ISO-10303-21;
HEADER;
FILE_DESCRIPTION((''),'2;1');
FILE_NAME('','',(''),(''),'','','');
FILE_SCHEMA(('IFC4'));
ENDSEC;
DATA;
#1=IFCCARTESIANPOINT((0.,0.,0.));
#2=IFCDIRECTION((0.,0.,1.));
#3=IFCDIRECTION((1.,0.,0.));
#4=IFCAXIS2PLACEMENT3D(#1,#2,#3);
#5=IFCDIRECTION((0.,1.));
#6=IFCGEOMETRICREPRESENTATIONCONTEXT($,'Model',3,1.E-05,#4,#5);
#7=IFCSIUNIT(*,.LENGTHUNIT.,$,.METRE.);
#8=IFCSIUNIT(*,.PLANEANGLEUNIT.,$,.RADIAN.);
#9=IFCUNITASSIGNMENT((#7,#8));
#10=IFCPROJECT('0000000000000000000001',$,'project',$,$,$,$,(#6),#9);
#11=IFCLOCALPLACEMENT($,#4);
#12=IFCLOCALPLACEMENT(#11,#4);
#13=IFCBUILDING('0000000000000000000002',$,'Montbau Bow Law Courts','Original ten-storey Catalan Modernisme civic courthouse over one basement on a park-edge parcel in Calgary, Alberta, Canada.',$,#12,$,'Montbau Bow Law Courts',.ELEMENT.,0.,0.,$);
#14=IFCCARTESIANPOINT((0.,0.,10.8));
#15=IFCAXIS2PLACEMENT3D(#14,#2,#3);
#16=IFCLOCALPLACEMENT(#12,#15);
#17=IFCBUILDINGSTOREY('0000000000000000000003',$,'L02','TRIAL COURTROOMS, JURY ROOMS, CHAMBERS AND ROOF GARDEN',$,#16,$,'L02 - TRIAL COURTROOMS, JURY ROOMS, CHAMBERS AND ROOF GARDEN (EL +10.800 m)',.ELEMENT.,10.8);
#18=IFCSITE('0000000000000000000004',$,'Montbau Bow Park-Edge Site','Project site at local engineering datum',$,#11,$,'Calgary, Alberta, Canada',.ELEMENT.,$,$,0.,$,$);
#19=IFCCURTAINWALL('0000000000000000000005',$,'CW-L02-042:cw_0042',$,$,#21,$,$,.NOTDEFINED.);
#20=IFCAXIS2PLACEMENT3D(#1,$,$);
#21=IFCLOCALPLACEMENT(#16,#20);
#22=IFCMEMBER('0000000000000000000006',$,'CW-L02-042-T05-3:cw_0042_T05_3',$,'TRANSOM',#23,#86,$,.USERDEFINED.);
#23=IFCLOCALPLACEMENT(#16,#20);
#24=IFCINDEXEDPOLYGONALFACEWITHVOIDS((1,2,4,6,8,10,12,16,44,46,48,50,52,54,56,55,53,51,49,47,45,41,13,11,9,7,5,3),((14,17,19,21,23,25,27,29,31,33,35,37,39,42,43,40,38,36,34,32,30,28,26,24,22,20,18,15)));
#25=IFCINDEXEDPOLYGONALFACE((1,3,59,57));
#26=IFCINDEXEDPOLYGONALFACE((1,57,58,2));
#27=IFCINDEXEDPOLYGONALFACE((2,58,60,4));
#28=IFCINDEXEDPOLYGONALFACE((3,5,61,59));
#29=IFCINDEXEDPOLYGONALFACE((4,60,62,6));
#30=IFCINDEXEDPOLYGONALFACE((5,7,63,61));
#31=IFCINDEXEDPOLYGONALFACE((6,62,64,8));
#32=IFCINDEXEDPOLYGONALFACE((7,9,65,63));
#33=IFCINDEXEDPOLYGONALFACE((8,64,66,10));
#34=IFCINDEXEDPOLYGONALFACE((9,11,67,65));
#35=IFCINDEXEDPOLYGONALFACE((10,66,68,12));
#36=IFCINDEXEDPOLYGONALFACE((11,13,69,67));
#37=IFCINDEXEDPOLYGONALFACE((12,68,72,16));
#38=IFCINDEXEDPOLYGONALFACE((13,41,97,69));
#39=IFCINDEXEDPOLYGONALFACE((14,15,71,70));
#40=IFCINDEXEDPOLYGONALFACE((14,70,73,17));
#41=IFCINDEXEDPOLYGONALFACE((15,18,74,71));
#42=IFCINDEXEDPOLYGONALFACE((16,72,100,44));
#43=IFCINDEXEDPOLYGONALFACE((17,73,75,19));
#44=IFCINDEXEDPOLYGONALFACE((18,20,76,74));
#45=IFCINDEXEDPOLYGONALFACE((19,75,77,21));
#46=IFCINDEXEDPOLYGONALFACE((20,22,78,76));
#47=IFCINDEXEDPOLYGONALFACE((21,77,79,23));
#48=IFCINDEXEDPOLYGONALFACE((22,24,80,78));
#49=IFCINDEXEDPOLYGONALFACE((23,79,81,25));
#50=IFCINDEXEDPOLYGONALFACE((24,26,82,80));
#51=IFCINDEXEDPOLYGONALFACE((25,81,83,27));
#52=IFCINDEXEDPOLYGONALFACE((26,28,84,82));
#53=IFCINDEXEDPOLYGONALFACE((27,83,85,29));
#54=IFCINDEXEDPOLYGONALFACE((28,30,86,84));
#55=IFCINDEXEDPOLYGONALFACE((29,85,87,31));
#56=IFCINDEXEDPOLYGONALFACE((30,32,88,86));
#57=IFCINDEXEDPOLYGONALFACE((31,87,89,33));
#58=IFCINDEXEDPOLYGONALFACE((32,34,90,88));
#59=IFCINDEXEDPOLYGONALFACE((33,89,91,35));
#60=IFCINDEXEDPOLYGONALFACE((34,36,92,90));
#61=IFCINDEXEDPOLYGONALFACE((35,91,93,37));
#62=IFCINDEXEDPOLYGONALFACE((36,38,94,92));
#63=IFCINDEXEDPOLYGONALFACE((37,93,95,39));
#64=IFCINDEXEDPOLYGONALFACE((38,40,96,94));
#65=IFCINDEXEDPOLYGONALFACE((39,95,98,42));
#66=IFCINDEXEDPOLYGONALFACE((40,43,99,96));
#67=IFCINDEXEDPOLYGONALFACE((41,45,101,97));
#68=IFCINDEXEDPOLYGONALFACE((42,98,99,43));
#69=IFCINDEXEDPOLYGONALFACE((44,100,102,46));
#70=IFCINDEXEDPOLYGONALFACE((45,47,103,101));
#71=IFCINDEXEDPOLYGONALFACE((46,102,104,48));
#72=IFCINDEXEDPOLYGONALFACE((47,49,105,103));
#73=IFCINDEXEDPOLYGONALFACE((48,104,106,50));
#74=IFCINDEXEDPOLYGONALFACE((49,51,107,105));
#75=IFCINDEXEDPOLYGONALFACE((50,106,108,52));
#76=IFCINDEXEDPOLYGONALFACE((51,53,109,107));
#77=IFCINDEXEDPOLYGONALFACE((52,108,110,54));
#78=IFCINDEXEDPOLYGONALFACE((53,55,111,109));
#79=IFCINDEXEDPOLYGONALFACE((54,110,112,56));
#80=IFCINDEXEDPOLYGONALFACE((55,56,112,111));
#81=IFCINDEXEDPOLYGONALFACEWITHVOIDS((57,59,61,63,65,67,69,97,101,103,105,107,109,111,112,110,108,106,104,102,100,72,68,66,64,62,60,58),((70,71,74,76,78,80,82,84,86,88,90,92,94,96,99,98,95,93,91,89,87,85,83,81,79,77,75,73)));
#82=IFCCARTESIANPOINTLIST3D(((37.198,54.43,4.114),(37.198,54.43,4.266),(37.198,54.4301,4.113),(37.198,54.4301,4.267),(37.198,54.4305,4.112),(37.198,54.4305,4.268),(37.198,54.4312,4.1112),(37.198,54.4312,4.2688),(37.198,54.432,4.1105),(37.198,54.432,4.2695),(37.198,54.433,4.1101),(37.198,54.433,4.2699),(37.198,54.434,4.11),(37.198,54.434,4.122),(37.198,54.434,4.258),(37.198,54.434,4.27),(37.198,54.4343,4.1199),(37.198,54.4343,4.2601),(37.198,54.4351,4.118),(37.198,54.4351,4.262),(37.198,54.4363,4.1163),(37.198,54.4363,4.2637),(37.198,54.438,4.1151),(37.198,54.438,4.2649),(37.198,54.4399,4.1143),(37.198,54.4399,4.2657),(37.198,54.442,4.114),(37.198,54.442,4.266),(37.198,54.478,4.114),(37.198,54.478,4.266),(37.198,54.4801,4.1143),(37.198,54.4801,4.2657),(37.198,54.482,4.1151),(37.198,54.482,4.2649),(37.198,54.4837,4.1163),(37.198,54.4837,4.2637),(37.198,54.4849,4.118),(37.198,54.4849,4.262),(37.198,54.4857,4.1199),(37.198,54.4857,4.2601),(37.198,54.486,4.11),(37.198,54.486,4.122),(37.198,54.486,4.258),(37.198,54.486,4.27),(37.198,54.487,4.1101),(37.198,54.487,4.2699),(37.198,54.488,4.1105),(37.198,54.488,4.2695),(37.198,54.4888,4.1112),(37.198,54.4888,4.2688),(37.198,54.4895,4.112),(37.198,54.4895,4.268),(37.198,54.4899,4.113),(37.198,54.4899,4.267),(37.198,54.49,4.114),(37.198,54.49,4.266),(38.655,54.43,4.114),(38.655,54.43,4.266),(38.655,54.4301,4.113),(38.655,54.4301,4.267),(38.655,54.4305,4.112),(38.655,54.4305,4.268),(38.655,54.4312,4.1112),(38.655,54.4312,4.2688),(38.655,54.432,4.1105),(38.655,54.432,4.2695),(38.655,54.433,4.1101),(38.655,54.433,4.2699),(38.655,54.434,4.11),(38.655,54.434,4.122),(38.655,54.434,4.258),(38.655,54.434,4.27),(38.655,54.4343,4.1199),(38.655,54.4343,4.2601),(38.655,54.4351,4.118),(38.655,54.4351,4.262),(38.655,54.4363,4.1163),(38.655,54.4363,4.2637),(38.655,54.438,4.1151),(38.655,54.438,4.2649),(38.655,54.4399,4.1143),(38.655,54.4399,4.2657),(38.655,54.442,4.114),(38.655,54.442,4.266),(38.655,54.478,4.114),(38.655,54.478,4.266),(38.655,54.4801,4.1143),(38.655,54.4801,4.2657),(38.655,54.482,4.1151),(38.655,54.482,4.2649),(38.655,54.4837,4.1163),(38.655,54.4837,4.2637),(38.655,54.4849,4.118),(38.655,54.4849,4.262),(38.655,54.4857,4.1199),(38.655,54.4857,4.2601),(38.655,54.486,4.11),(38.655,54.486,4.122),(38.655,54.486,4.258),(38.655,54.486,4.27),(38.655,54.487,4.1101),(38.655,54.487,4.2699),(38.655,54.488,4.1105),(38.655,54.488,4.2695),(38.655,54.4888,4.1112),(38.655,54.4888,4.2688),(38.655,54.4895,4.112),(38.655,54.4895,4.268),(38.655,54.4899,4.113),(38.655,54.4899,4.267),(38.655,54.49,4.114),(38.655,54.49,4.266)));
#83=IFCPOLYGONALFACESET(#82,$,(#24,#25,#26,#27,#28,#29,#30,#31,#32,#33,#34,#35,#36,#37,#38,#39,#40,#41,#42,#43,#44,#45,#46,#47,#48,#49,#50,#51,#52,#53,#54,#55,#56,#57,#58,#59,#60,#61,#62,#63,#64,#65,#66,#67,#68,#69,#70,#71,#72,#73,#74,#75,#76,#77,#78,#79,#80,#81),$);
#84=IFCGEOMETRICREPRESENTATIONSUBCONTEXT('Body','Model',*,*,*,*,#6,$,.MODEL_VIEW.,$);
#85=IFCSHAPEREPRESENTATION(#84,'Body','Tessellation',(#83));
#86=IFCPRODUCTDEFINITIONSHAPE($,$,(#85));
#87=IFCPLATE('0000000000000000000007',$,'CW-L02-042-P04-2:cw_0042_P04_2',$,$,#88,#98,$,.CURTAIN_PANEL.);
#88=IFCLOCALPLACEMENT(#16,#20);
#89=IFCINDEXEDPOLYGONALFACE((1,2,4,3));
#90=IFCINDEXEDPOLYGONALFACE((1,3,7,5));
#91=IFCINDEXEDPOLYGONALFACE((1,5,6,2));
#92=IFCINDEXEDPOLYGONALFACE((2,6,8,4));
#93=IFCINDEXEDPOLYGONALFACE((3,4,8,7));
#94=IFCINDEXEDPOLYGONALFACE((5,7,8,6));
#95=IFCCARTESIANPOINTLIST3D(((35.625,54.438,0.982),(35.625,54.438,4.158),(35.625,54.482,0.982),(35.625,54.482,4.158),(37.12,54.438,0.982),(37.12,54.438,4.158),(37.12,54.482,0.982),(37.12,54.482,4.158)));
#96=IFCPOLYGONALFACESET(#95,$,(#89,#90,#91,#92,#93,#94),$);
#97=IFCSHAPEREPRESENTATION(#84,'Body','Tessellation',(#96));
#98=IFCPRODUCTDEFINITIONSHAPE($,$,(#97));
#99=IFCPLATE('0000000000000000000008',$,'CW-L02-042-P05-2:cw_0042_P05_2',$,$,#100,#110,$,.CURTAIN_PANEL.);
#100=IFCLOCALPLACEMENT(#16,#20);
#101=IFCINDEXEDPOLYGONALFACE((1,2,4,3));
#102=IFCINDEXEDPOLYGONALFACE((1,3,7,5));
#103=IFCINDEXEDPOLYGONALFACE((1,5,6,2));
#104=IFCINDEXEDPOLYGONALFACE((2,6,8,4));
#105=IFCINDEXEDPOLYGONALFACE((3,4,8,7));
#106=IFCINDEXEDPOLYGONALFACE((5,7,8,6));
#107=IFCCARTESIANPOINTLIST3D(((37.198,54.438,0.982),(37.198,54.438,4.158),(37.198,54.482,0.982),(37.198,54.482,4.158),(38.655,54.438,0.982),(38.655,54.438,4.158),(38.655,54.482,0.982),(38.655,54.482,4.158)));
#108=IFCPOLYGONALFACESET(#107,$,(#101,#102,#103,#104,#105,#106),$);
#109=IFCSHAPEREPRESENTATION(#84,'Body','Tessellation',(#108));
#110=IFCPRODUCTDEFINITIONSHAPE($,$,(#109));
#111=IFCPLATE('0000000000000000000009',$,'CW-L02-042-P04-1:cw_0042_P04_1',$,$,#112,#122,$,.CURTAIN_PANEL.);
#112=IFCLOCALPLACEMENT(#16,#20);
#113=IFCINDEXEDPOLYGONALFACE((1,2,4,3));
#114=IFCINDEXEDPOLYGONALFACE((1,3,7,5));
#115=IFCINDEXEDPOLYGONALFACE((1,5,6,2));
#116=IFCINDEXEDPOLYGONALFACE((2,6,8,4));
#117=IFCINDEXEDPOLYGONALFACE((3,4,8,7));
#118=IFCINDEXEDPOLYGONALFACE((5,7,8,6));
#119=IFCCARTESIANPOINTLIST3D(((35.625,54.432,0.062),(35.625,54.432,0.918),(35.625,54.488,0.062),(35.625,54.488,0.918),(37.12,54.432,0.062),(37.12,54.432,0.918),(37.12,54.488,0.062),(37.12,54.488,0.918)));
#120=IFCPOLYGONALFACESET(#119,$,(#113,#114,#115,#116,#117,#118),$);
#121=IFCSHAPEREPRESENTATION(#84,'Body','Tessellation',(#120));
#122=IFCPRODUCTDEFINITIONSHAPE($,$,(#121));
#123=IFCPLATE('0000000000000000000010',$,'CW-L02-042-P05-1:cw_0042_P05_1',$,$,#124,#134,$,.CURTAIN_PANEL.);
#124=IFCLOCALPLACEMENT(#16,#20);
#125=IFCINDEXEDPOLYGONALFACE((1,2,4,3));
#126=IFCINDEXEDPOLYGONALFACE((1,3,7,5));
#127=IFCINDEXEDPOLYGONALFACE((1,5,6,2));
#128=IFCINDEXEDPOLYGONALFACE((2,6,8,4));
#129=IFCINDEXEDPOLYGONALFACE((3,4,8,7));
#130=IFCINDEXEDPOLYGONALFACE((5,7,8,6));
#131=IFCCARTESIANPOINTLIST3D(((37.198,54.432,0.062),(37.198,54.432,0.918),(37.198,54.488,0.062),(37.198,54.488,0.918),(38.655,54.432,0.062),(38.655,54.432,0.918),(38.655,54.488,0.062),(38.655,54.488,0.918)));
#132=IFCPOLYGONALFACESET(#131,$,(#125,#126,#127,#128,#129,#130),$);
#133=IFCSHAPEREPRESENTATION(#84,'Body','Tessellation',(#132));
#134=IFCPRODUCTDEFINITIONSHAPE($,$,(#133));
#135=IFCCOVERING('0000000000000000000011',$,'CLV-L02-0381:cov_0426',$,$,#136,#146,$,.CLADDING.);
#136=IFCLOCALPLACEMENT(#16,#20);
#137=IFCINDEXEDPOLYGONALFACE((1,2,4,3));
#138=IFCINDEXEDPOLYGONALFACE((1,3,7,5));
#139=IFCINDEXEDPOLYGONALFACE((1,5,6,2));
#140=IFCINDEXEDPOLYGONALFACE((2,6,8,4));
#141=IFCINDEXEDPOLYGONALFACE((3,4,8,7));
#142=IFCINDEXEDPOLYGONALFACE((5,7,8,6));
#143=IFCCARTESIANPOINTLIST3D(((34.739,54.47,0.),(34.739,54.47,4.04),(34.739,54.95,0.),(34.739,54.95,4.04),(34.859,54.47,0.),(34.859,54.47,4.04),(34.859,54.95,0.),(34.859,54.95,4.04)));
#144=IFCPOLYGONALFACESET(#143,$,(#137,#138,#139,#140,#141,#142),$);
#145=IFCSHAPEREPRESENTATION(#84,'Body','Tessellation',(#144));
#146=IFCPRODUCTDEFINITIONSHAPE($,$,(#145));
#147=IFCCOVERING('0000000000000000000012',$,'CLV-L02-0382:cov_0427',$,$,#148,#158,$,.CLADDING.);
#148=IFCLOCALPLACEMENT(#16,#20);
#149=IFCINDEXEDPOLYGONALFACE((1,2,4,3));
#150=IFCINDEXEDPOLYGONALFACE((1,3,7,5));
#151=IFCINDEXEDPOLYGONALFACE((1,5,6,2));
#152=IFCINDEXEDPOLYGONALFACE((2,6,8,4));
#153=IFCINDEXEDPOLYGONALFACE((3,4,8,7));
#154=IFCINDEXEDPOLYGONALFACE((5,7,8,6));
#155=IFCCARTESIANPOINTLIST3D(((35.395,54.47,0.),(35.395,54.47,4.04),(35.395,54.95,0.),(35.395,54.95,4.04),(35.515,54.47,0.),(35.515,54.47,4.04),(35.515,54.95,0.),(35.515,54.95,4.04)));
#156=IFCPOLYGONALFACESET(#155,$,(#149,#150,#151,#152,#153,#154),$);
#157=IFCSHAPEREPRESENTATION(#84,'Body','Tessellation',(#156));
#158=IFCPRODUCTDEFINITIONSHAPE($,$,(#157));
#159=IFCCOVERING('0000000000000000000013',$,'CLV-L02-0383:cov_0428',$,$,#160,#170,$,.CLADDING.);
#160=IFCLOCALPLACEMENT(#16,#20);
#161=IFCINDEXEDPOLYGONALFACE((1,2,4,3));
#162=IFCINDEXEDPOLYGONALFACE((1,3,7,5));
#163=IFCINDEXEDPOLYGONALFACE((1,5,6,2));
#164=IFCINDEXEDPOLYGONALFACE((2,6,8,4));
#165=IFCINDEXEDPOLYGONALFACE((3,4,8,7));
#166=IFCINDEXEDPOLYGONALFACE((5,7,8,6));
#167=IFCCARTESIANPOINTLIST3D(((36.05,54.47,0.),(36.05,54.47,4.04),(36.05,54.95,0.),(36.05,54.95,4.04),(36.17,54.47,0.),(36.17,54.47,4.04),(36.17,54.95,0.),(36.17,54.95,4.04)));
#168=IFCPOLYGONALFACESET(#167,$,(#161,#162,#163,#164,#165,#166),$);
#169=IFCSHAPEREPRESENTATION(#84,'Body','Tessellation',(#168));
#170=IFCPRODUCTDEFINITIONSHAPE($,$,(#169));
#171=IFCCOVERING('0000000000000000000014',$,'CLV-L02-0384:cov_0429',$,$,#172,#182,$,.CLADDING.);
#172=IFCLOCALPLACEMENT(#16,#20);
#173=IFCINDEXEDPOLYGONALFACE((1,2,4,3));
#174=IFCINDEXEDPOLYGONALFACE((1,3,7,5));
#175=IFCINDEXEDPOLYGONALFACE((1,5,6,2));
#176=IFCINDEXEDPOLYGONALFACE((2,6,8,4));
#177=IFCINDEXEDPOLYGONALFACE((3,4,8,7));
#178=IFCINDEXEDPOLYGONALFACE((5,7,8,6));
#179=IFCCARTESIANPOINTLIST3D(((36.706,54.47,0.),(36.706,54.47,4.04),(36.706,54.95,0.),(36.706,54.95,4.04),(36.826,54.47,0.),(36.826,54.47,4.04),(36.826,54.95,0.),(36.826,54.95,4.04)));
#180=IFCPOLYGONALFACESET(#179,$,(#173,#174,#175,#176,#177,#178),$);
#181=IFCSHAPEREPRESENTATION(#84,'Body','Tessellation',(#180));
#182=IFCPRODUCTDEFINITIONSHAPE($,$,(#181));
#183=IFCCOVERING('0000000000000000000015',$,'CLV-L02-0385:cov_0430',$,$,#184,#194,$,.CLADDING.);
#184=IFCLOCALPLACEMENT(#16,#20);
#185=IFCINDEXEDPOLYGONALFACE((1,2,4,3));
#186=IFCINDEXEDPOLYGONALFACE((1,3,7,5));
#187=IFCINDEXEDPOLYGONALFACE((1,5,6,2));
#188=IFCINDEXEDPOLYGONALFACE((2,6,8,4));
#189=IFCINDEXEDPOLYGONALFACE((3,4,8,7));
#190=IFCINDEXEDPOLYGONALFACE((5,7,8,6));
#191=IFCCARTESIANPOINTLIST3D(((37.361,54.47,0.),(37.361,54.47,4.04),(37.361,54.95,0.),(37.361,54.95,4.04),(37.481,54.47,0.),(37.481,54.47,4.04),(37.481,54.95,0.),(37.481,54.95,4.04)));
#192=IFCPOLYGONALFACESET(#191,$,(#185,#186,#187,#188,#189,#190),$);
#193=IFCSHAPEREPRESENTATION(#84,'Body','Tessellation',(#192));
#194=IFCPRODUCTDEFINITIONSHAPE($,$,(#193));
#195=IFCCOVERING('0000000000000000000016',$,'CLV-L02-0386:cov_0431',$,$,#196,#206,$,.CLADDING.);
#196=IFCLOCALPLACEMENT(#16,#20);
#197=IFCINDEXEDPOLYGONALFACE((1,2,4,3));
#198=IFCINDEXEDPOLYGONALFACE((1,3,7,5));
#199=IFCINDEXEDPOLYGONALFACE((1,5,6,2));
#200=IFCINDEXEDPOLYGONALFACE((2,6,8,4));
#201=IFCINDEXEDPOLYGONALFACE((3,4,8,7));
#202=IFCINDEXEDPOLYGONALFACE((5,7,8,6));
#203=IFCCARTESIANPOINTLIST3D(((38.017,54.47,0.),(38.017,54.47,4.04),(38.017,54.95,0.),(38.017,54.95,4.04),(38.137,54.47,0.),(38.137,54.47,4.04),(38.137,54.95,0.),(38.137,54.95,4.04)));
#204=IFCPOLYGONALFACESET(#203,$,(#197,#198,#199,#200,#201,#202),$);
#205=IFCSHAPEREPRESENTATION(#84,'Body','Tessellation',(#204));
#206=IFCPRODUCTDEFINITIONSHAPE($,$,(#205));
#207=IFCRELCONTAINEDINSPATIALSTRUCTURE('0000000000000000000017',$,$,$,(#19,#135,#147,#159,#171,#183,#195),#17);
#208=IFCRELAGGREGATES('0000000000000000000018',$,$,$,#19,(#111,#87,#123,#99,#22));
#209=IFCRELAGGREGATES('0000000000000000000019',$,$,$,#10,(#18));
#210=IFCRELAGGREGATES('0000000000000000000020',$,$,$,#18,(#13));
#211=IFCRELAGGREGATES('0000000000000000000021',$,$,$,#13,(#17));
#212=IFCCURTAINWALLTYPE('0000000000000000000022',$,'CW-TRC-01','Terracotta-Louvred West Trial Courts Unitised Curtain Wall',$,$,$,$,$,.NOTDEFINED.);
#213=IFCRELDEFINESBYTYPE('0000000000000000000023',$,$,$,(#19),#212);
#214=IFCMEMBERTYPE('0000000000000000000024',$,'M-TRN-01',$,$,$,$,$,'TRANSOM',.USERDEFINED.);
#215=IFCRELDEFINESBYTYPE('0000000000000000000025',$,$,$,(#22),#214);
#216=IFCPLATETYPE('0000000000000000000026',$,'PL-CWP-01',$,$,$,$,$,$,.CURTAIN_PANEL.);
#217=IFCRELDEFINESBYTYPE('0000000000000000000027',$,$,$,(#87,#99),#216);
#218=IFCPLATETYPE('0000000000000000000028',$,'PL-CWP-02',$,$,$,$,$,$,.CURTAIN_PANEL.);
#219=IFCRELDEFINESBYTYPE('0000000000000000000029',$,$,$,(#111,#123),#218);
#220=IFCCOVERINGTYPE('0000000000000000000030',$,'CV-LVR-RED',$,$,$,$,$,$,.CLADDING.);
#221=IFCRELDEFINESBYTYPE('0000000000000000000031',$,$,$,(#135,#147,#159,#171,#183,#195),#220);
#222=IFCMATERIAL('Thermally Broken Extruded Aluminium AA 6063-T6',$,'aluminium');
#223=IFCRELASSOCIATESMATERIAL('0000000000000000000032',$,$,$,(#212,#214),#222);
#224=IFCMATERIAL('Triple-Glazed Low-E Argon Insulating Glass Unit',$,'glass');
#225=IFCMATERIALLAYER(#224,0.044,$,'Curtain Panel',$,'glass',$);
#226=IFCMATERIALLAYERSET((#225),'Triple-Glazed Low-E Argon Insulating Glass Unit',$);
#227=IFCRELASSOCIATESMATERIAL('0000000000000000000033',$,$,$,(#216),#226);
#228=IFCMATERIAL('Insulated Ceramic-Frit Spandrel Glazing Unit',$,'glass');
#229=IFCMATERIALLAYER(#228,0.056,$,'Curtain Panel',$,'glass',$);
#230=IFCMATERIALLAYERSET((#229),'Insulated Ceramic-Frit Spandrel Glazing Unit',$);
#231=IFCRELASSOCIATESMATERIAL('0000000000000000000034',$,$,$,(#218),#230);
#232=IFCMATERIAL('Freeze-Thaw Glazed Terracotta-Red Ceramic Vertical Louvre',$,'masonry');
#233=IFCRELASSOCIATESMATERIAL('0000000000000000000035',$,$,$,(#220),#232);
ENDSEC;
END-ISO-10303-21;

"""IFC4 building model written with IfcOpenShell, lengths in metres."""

from ifc_helpers import new_model, si_unit, direction, frame, frame_2d, origin_with_axes, origin_2d_with_axis, place, context, subcontext, project, spatial, rectangle, hollow_rectangle, extrude, material, layer, layer_set, material_profile, profile_set, type_object, element, aggregate, save


model = new_model("IFC4")

# Units and contexts
model_context = context("Model", 3, precision=1e-05, world=origin_with_axes(), true_north=direction((0.0, 1.0)))
body_context = subcontext(model_context, "Body", "Model", "MODEL_VIEW")
ifc_project = project(units=[si_unit("LENGTHUNIT", "METRE"), si_unit("PLANEANGLEUNIT", "RADIAN")], contexts=[model_context])

# Site, building, storey
site_placement = place(None, origin_with_axes())
site = spatial("IfcSite", under=ifc_project, at=site_placement, Name="Montbau Bow Park-Edge Site", Description="Project site at local engineering datum", LongName="Calgary, Alberta, Canada", CompositionType="ELEMENT", RefElevation=0.0)
building_placement = place(site_placement, origin_with_axes())
building = spatial("IfcBuilding", under=site, at=building_placement, Name="Montbau Bow Law Courts", Description="Original ten-storey Catalan Modernisme civic courthouse over one basement on a park-edge parcel in Calgary, Alberta, Canada.", LongName="Montbau Bow Law Courts", CompositionType="ELEMENT", ElevationOfRefHeight=0.0, ElevationOfTerrain=0.0)
storey_placement = place(building_placement, frame((0.0, 0.0, 10.8), z_axis=(0.0, 0.0, 1.0), x_axis=(1.0, 0.0, 0.0)))
storey = spatial("IfcBuildingStorey", under=building, at=storey_placement, Name="L02", Description="TRIAL COURTROOMS, JURY ROOMS, CHAMBERS AND ROOF GARDEN", LongName="L02 - TRIAL COURTROOMS, JURY ROOMS, CHAMBERS AND ROOF GARDEN (EL +10.800 m)", CompositionType="ELEMENT", Elevation=10.8)

# Curtain wall, member, plates
ifc_material_1 = material(Name="Thermally Broken Extruded Aluminium AA 6063-T6", Category="aluminium")
curtain_wall_type = type_object("IfcCurtainWallType", Name="CW-TRC-01", Description="Terracotta-Louvred West Trial Courts Unitised Curtain Wall", PredefinedType="NOTDEFINED", material=ifc_material_1)
curtain_wall_placement = place(None, frame((30.867, 54.46, 10.8), z_axis=(0.0, 0.0, 1.0), x_axis=(1.0, 0.0, 0.0)))
curtain_wall = element("IfcCurtainWall", 1, at=curtain_wall_placement, inside=storey, type_object=curtain_wall_type, Name="CW-L02-042:cw_0042", PredefinedType="NOTDEFINED")
ifc_material_profile_1 = material_profile(ifc_material_1, hollow_rectangle(XDim=0.06, YDim=0.16, WallThickness=0.004, InnerFilletRadius=0.008, OuterFilletRadius=0.004, at=origin_2d_with_axis()), Name="CWT-160X60", Category="Main", Priority=0)
ifc_profile_set_1 = profile_set([ifc_material_profile_1], Name="Thermally Broken Extruded Aluminium AA 6063-T6")
member_type_1 = type_object("IfcMemberType", Name="M-TRN-01", ElementType="TRANSOM", PredefinedType="USERDEFINED", material=ifc_profile_set_1)
member_1_placement = place(None, frame((37.198, 54.46, 14.99), z_axis=(1.0, 0.0, 0.0), x_axis=(0.0, 1.0, 0.0)))
member_1 = element("IfcMember", 2, at=member_1_placement, type_object=member_type_1, Name="CW-L02-042-T05-3:cw_0042_T05_3", ObjectType="TRANSOM", PredefinedType="USERDEFINED", context=body_context, shape_type="SweptSolid", body=[
    extrude(hollow_rectangle(XDim=0.06, YDim=0.16, WallThickness=0.004, InnerFilletRadius=0.008, OuterFilletRadius=0.004, at=origin_2d_with_axis()), origin_with_axes(), (0.0, 0.0, 1.0), 1.457),
])
ifc_material_2 = material(Name="Triple-Glazed Low-E Argon Insulating Glass Unit", Category="glass")
ifc_layer_1 = layer(ifc_material_2, 0.044, Name="Curtain Panel", Category="glass")
ifc_layer_set_1 = layer_set([ifc_layer_1], Name="Triple-Glazed Low-E Argon Insulating Glass Unit")
plate_type_1 = type_object("IfcPlateType", Name="PL-CWP-01", PredefinedType="CURTAIN_PANEL", material=ifc_layer_set_1)
plate_1_placement = place(None, frame((35.625, 54.46, 11.782), z_axis=(0.0, -1.0, 0.0), x_axis=(1.0, 0.0, 0.0)))
plate_1 = element("IfcPlate", 3, at=plate_1_placement, type_object=plate_type_1, Name="CW-L02-042-P04-2:cw_0042_P04_2", PredefinedType="CURTAIN_PANEL", context=body_context, shape_type="SweptSolid", body=[
    extrude(rectangle(XDim=1.495, YDim=3.176, at=frame_2d((0.7475, 1.588), x_axis=(1.0, 0.0))), frame((0.0, 0.0, -0.022), z_axis=(0.0, 0.0, 1.0), x_axis=(1.0, 0.0, 0.0)), (0.0, 0.0, 1.0), 0.044),
])
plate_2_placement = place(None, frame((37.198, 54.46, 11.782), z_axis=(0.0, -1.0, 0.0), x_axis=(1.0, 0.0, 0.0)))
plate_2 = element("IfcPlate", 4, at=plate_2_placement, type_object=plate_type_1, Name="CW-L02-042-P05-2:cw_0042_P05_2", PredefinedType="CURTAIN_PANEL", context=body_context, shape_type="SweptSolid", body=[
    extrude(rectangle(XDim=1.457, YDim=3.176, at=frame_2d((0.7285, 1.588), x_axis=(1.0, 0.0))), frame((0.0, 0.0, -0.022), z_axis=(0.0, 0.0, 1.0), x_axis=(1.0, 0.0, 0.0)), (0.0, 0.0, 1.0), 0.044),
])
ifc_material_3 = material(Name="Insulated Ceramic-Frit Spandrel Glazing Unit", Category="glass")
ifc_layer_2 = layer(ifc_material_3, 0.056, Name="Curtain Panel", Category="glass")
ifc_layer_set_2 = layer_set([ifc_layer_2], Name="Insulated Ceramic-Frit Spandrel Glazing Unit")
plate_type_2 = type_object("IfcPlateType", Name="PL-CWP-02", PredefinedType="CURTAIN_PANEL", material=ifc_layer_set_2)
plate_3_placement = place(None, frame((35.625, 54.46, 10.862), z_axis=(0.0, -1.0, 0.0), x_axis=(1.0, 0.0, 0.0)))
plate_3 = element("IfcPlate", 5, at=plate_3_placement, type_object=plate_type_2, Name="CW-L02-042-P04-1:cw_0042_P04_1", PredefinedType="CURTAIN_PANEL", context=body_context, shape_type="SweptSolid", body=[
    extrude(rectangle(XDim=1.495, YDim=0.856, at=frame_2d((0.7475, 0.428), x_axis=(1.0, 0.0))), frame((0.0, 0.0, -0.028), z_axis=(0.0, 0.0, 1.0), x_axis=(1.0, 0.0, 0.0)), (0.0, 0.0, 1.0), 0.056),
])
plate_4_placement = place(None, frame((37.198, 54.46, 10.862), z_axis=(0.0, -1.0, 0.0), x_axis=(1.0, 0.0, 0.0)))
plate_4 = element("IfcPlate", 6, at=plate_4_placement, type_object=plate_type_2, Name="CW-L02-042-P05-1:cw_0042_P05_1", PredefinedType="CURTAIN_PANEL", context=body_context, shape_type="SweptSolid", body=[
    extrude(rectangle(XDim=1.457, YDim=0.856, at=frame_2d((0.7285, 0.428), x_axis=(1.0, 0.0))), frame((0.0, 0.0, -0.028), z_axis=(0.0, 0.0, 1.0), x_axis=(1.0, 0.0, 0.0)), (0.0, 0.0, 1.0), 0.056),
])
aggregate(curtain_wall, [plate_3, plate_1, plate_4, plate_2, member_1])

# Coverings
ifc_material_4 = material(Name="Freeze-Thaw Glazed Terracotta-Red Ceramic Vertical Louvre", Category="masonry")
covering_type = type_object("IfcCoveringType", Name="CV-LVR-RED", PredefinedType="CLADDING", material=ifc_material_4)
for number, where, z_axis, x_axis, name in (
    (7, (34.799, 54.47, 10.8), (1.0, 0.0, 0.0), (0.0, 1.0, 0.0), "CLV-L02-0381:cov_0426"),
    (8, (35.455, 54.47, 10.8), (1.0, 0.0, 0.0), (0.0, 1.0, 0.0), "CLV-L02-0382:cov_0427"),
    (9, (36.11, 54.47, 10.8), (1.0, 0.0, 0.0), (0.0, 1.0, 0.0), "CLV-L02-0383:cov_0428"),
    (10, (36.766, 54.47, 10.8), (1.0, 0.0, 0.0), (0.0, 1.0, 0.0), "CLV-L02-0384:cov_0429"),
    (11, (37.421, 54.47, 10.8), (1.0, 0.0, 0.0), (0.0, 1.0, 0.0), "CLV-L02-0385:cov_0430"),
    (12, (38.077, 54.47, 10.8), (1.0, 0.0, 0.0), (0.0, 1.0, 0.0), "CLV-L02-0386:cov_0431"),
):
    element("IfcCovering", number, at=place(None, frame(where, z_axis=z_axis, x_axis=x_axis)), inside=storey, type_object=covering_type, Name=name, PredefinedType="CLADDING", context=body_context, shape_type="SweptSolid", body=[
        extrude(rectangle(XDim=0.48, YDim=4.04, at=frame_2d((0.24, 2.02), x_axis=(1.0, 0.0))), frame((0.0, 0.0, -0.06), z_axis=(0.0, 0.0, 1.0), x_axis=(1.0, 0.0, 0.0)), (0.0, 0.0, 1.0), 0.12),
    ])

save(model, "model.ifc")
